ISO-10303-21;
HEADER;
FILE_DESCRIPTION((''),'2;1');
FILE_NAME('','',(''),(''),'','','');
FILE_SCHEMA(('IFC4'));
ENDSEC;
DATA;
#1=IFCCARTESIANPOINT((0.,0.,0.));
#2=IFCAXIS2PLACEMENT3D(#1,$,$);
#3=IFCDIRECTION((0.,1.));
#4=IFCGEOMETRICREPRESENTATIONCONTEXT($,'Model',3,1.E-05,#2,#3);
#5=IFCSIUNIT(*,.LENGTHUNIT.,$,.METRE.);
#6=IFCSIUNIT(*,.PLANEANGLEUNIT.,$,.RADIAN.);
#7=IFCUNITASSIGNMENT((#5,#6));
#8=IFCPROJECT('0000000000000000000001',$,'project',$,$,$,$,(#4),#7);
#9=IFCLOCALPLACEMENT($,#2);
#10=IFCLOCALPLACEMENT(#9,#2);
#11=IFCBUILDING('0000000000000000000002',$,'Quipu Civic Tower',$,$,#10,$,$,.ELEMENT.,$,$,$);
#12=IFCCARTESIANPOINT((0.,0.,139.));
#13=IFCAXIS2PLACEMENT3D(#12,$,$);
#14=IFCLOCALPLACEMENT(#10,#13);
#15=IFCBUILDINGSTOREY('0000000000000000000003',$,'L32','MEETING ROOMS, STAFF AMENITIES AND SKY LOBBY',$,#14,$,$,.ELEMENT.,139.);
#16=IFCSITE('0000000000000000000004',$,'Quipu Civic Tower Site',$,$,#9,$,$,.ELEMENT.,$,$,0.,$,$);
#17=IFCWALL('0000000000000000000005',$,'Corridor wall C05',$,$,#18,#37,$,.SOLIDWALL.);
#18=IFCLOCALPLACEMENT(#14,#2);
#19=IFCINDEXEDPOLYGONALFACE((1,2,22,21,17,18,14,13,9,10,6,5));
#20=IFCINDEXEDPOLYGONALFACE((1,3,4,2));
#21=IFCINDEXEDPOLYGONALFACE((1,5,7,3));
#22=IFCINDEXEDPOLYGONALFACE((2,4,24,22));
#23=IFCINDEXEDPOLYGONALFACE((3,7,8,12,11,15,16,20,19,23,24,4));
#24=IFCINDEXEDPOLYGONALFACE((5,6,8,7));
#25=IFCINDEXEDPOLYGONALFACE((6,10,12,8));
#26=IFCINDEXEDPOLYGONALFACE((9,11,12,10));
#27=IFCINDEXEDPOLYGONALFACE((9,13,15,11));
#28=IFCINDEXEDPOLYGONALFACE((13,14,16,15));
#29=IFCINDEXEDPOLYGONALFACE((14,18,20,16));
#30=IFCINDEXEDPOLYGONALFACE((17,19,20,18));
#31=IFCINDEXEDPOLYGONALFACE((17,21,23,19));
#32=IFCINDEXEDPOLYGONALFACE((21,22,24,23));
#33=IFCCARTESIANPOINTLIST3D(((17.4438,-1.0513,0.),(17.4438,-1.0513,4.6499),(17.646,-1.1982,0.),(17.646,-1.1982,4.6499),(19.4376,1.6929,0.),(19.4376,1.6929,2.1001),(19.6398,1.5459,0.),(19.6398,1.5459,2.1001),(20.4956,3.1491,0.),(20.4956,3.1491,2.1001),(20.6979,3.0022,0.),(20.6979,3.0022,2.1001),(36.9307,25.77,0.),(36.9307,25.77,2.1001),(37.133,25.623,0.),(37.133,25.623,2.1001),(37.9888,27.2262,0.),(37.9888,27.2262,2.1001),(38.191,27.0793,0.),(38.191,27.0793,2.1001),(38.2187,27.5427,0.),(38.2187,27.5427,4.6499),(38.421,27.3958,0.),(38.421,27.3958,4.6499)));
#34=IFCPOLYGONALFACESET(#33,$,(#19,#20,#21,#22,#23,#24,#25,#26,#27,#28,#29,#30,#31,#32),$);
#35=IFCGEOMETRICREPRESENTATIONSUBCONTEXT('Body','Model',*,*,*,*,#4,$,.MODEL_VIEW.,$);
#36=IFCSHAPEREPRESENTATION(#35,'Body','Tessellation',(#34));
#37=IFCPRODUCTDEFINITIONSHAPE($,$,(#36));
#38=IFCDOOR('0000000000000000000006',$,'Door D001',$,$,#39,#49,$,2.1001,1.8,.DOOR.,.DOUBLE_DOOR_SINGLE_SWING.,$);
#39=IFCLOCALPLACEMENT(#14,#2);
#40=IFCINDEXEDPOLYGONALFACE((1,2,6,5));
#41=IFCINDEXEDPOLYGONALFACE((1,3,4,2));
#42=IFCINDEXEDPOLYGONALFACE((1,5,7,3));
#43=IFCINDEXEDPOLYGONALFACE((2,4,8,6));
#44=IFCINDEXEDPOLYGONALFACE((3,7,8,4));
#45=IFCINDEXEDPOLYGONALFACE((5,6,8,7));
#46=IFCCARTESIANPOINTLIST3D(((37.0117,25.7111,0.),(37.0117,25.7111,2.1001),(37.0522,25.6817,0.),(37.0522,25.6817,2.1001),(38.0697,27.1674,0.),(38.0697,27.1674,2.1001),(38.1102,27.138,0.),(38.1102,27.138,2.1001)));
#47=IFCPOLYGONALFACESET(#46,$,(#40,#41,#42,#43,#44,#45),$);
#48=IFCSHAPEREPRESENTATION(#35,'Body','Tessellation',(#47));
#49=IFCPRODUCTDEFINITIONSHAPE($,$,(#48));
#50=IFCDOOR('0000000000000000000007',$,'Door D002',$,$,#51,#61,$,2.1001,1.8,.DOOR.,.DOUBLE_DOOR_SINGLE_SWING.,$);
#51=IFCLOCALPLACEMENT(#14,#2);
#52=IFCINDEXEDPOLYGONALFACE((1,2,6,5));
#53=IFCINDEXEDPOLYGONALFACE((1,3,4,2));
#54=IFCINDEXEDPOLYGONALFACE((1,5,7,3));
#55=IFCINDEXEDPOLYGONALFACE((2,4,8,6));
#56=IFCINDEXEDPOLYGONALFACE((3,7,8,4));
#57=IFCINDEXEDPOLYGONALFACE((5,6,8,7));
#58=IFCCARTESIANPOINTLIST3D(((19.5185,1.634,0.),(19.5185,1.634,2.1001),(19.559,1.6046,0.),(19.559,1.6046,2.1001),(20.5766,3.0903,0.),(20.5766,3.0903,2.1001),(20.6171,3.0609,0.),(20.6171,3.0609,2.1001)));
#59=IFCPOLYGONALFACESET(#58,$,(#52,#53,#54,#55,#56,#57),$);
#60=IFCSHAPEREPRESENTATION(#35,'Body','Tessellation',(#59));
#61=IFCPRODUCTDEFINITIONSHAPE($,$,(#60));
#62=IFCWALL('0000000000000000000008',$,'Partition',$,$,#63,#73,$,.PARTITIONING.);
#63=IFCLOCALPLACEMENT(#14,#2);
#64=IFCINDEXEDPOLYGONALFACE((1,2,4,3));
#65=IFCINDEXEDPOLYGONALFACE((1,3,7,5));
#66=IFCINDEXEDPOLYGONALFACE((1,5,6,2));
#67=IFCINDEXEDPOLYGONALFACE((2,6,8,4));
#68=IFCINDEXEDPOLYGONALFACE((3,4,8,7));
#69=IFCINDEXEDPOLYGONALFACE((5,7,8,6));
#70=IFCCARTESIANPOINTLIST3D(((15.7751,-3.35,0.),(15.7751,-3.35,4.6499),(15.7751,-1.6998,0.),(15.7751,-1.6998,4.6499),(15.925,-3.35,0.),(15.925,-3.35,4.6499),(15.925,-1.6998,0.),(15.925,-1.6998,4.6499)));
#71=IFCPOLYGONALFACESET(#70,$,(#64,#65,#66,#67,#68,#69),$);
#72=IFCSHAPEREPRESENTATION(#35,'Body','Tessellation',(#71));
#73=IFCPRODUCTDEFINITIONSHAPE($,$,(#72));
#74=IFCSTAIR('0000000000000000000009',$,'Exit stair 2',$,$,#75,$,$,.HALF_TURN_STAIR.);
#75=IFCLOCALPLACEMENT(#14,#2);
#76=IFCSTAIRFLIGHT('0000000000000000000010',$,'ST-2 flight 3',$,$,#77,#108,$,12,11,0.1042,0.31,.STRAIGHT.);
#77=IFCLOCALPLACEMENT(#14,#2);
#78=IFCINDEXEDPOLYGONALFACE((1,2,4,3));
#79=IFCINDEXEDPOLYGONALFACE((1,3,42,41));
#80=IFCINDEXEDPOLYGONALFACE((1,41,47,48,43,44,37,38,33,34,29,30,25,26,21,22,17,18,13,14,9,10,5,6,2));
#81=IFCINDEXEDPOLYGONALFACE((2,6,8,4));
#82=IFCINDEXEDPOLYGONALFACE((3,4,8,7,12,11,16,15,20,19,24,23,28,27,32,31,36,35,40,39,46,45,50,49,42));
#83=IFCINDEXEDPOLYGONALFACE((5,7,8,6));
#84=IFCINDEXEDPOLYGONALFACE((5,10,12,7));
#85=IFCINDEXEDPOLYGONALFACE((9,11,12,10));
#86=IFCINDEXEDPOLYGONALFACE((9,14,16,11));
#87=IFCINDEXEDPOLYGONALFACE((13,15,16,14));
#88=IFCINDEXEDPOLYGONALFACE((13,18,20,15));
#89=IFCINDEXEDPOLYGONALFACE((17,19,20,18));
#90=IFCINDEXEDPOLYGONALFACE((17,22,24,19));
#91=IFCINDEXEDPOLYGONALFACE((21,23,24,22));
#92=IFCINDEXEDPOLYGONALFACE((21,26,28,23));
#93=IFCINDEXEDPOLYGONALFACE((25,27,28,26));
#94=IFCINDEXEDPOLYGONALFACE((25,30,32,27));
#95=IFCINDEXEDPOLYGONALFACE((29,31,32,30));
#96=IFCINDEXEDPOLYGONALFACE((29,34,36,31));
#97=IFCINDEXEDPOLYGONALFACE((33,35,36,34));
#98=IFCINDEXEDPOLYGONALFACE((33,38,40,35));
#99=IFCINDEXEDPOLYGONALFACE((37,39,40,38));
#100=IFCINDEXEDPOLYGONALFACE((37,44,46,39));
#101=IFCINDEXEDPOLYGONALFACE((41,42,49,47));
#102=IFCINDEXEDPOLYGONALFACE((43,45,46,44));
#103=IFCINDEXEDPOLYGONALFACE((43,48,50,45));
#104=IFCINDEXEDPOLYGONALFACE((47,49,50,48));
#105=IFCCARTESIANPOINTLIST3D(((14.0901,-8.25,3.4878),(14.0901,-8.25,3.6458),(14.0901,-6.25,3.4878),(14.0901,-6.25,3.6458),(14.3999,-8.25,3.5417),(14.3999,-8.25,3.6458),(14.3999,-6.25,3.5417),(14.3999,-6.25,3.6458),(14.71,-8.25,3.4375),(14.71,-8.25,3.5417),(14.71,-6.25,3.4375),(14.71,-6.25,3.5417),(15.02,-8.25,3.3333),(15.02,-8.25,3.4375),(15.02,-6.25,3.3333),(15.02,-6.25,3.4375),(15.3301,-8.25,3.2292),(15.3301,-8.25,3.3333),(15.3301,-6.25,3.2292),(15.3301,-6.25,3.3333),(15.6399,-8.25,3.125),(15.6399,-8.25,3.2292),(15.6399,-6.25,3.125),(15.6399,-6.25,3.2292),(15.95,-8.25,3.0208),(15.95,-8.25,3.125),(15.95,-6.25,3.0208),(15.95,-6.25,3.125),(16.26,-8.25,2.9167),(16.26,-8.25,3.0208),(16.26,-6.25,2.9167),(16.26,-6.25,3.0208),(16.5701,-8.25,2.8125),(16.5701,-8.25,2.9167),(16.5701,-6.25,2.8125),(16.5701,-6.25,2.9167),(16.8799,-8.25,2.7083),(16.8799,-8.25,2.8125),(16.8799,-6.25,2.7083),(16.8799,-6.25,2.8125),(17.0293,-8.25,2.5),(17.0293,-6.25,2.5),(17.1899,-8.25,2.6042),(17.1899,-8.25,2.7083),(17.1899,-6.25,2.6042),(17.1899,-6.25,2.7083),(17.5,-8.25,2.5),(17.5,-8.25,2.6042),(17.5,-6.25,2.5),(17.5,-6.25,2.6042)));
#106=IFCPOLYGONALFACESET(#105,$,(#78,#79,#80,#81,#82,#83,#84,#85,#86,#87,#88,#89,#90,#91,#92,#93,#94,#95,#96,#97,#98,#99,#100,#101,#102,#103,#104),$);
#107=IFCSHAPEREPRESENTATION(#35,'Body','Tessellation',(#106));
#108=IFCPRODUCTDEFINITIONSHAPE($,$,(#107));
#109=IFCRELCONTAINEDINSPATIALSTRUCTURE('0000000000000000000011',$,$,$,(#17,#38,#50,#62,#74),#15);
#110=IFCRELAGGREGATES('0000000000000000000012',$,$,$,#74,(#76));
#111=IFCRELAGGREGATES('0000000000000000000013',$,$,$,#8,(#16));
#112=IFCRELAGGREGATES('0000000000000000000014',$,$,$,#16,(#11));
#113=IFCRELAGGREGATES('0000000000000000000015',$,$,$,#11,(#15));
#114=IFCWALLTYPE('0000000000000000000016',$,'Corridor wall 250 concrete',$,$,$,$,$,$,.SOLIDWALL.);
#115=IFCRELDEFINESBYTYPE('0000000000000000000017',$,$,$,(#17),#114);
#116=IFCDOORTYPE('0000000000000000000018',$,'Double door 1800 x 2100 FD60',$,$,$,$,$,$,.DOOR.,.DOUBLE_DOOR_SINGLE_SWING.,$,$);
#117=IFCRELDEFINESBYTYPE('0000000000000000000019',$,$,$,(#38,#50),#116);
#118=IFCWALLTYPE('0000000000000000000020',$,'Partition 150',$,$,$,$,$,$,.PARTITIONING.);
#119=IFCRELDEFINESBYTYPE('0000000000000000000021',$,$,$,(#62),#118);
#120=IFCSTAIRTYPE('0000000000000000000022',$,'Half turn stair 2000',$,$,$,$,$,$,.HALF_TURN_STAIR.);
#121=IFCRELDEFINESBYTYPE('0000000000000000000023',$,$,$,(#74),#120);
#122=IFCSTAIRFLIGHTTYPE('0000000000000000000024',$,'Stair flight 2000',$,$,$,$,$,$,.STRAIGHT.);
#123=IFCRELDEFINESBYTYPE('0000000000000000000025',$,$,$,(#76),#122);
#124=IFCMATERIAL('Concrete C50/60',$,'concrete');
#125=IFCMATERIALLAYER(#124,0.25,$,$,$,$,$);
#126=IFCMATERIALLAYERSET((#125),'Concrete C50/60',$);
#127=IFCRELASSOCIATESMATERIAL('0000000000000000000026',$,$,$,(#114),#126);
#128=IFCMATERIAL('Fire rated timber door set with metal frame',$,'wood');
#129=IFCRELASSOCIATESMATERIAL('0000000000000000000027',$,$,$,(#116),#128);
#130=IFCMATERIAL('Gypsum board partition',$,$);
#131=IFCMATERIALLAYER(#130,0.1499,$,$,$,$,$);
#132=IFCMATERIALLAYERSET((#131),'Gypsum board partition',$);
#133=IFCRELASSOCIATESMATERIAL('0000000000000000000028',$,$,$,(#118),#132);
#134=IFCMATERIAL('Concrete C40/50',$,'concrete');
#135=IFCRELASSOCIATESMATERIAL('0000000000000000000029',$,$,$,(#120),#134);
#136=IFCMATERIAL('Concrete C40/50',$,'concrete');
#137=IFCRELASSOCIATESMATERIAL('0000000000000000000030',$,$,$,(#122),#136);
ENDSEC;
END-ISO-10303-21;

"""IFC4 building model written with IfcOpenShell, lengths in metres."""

from ifc_helpers import new_model, si_unit, direction, frame, frame_2d, origin, place, context, subcontext, project, spatial, polyline, rectangle, outline, extrude, material, layer, layer_set, type_object, element, fill, aggregate, save


model = new_model("IFC4")

# Units and contexts
model_context = context("Model", 3, precision=1e-05, world=origin(), true_north=direction((0.0, 1.0)))
body_context = subcontext(model_context, "Body", "Model", "MODEL_VIEW")
ifc_project = project(units=[si_unit("LENGTHUNIT", "METRE"), si_unit("PLANEANGLEUNIT", "RADIAN")], contexts=[model_context])

# Site, building, storey
site_placement = place(None, origin())
site = spatial("IfcSite", under=ifc_project, at=site_placement, Name="Quipu Civic Tower Site", CompositionType="ELEMENT", RefElevation=0.0)
building_placement = place(site_placement, origin())
building = spatial("IfcBuilding", under=site, at=building_placement, Name="Quipu Civic Tower", CompositionType="ELEMENT")
storey_placement = place(building_placement, frame((0.0, 0.0, 139.0)))
storey = spatial("IfcBuildingStorey", under=building, at=storey_placement, Name="L32", Description="MEETING ROOMS, STAFF AMENITIES AND SKY LOBBY", CompositionType="ELEMENT", Elevation=139.0)

# Wall, openings, doors
ifc_material_1 = material(Name="Concrete C50/60", Category="concrete")
ifc_layer_1 = layer(ifc_material_1, 0.25)
ifc_layer_set_1 = layer_set([ifc_layer_1], Name="Concrete C50/60")
wall_type_1 = type_object("IfcWallType", Name="Corridor wall 250 concrete", PredefinedType="SOLIDWALL", material=ifc_layer_set_1)
wall_1_placement = place(storey_placement, frame((17.5449, -1.1248, 0.0), z_axis=(0.0, 0.0, 1.0), x_axis=(0.587788, 0.809015, 0.0)))
wall_1 = element("IfcWall", 1, at=wall_1_placement, inside=storey, type_object=wall_type_1, Name="Corridor wall C05", PredefinedType="SOLIDWALL", context=body_context, shape_type="SweptSolid", body=[
    extrude(rectangle(XDim=35.3442, YDim=0.25, at=frame_2d((17.6721, 0.0))), origin(), (0.0, 0.0, 1.0), 4.6499),
])
opening_1_placement = place(wall_1_placement, frame((33.1531, 0.0, 0.0)))
opening_1 = element("IfcOpeningElement", 2, at=opening_1_placement, cuts=wall_1, PredefinedType="OPENING", context=body_context, shape_type="SweptSolid", body=[
    extrude(rectangle(XDim=1.8, YDim=2.1001, at=frame_2d((0.8999, 1.05))), frame((0.0, 0.135, 0.0), z_axis=(0.0, -1.0, 0.0), x_axis=(1.0, 0.0, 0.0)), (0.0, 0.0, 1.0), 0.27),
])
opening_2_placement = place(wall_1_placement, frame((3.3921, 0.0, 0.0)))
opening_2 = element("IfcOpeningElement", 3, at=opening_2_placement, cuts=wall_1, PredefinedType="OPENING", context=body_context, shape_type="SweptSolid", body=[
    extrude(rectangle(XDim=1.8, YDim=2.1001, at=frame_2d((0.8999, 1.05))), frame((0.0, 0.135, 0.0), z_axis=(0.0, -1.0, 0.0), x_axis=(1.0, 0.0, 0.0)), (0.0, 0.0, 1.0), 0.27),
])
ifc_material_2 = material(Name="Fire rated timber door set with metal frame", Category="wood")
door_type_1 = type_object("IfcDoorType", Name="Double door 1800 x 2100 FD60", OperationType="DOUBLE_DOOR_SINGLE_SWING", PredefinedType="DOOR", material=ifc_material_2)
door_1_placement = place(opening_1_placement, origin())
door_1 = element("IfcDoor", 4, at=door_1_placement, inside=storey, type_object=door_type_1, Name="Door D001", OperationType="DOUBLE_DOOR_SINGLE_SWING", OverallHeight=2.1001, OverallWidth=1.8, PredefinedType="DOOR", context=body_context, shape_type="SweptSolid", body=[
    extrude(rectangle(XDim=1.8, YDim=2.1001, at=frame_2d((0.8999, 1.05))), frame((0.0, 0.0249, 0.0), z_axis=(0.0, -1.0, 0.0), x_axis=(1.0, 0.0, 0.0)), (0.0, 0.0, 1.0), 0.05),
])
fill(opening_1, door_1)
door_2_placement = place(opening_2_placement, origin())
door_2 = element("IfcDoor", 5, at=door_2_placement, inside=storey, type_object=door_type_1, Name="Door D002", OperationType="DOUBLE_DOOR_SINGLE_SWING", OverallHeight=2.1001, OverallWidth=1.8, PredefinedType="DOOR", context=body_context, shape_type="SweptSolid", body=[
    extrude(rectangle(XDim=1.8, YDim=2.1001, at=frame_2d((0.8999, 1.05))), frame((0.0, 0.0249, 0.0), z_axis=(0.0, -1.0, 0.0), x_axis=(1.0, 0.0, 0.0)), (0.0, 0.0, 1.0), 0.05),
])
fill(opening_2, door_2)

# Wall
ifc_material_3 = material(Name="Gypsum board partition")
ifc_layer_2 = layer(ifc_material_3, 0.1499)
ifc_layer_set_2 = layer_set([ifc_layer_2], Name="Gypsum board partition")
wall_type_2 = type_object("IfcWallType", Name="Partition 150", PredefinedType="PARTITIONING", material=ifc_layer_set_2)
wall_2_placement = place(storey_placement, frame((15.8501, -3.3501, 0.0), z_axis=(0.0, 0.0, 1.0), x_axis=(0.0, 1.0, 0.0)))
element("IfcWall", 6, at=wall_2_placement, inside=storey, type_object=wall_type_2, Name="Partition", PredefinedType="PARTITIONING", context=body_context, shape_type="SweptSolid", body=[
    extrude(rectangle(XDim=1.6501, YDim=0.1499, at=frame_2d((0.8252, 0.0))), origin(), (0.0, 0.0, 1.0), 4.6499),
])

# Stair, stair flight
ifc_material_4 = material(Name="Concrete C40/50", Category="concrete")
stair_type = type_object("IfcStairType", Name="Half turn stair 2000", PredefinedType="HALF_TURN_STAIR", material=ifc_material_4)
stair_placement = place(storey_placement, origin())
stair = element("IfcStair", 7, at=stair_placement, inside=storey, type_object=stair_type, Name="Exit stair 2", PredefinedType="HALF_TURN_STAIR")
ifc_material_5 = material(Name="Concrete C40/50", Category="concrete")
stair_flight_type = type_object("IfcStairFlightType", Name="Stair flight 2000", PredefinedType="STRAIGHT", material=ifc_material_5)
stair_flight_placement = place(storey_placement, frame((17.5, -7.25, 2.5), z_axis=(0.0, 0.0, 1.0), x_axis=(-1.0, 0.0, 0.0)))
stair_flight = element("IfcStairFlight", 8, at=stair_flight_placement, type_object=stair_flight_type, Name="ST-2 flight 3", NumberOfRisers=12, NumberOfTreads=11, PredefinedType="STRAIGHT", RiserHeight=0.1042, TreadLength=0.31, context=body_context, shape_type="SweptSolid", body=[
    extrude(outline(polyline([(0.0, 0.0), (0.0, 0.1042), (0.3101, 0.1042), (0.3101, 0.2083), (0.6201, 0.2083), (0.6201, 0.3125), (0.9299, 0.3125), (0.9299, 0.4167), (1.24, 0.4167), (1.24, 0.5208), (1.55, 0.5208), (1.55, 0.625), (1.8601, 0.625), (1.8601, 0.7292), (2.1699, 0.7292), (2.1699, 0.8333), (2.48, 0.8333), (2.48, 0.9375), (2.79, 0.9375), (2.79, 1.0417), (3.1001, 1.0417), (3.1001, 1.1458), (3.4099, 1.1458), (3.4099, 1.25), (3.4099, 0.9878), (0.4707, 0.0), (0.0, 0.0)])), frame((0.0, 1.0, 0.0), z_axis=(0.0, -1.0, 0.0), x_axis=(1.0, 0.0, 0.0)), (0.0, 0.0, 1.0), 2.0),
])
aggregate(stair, [stair_flight])

save(model, "model.ifc")
